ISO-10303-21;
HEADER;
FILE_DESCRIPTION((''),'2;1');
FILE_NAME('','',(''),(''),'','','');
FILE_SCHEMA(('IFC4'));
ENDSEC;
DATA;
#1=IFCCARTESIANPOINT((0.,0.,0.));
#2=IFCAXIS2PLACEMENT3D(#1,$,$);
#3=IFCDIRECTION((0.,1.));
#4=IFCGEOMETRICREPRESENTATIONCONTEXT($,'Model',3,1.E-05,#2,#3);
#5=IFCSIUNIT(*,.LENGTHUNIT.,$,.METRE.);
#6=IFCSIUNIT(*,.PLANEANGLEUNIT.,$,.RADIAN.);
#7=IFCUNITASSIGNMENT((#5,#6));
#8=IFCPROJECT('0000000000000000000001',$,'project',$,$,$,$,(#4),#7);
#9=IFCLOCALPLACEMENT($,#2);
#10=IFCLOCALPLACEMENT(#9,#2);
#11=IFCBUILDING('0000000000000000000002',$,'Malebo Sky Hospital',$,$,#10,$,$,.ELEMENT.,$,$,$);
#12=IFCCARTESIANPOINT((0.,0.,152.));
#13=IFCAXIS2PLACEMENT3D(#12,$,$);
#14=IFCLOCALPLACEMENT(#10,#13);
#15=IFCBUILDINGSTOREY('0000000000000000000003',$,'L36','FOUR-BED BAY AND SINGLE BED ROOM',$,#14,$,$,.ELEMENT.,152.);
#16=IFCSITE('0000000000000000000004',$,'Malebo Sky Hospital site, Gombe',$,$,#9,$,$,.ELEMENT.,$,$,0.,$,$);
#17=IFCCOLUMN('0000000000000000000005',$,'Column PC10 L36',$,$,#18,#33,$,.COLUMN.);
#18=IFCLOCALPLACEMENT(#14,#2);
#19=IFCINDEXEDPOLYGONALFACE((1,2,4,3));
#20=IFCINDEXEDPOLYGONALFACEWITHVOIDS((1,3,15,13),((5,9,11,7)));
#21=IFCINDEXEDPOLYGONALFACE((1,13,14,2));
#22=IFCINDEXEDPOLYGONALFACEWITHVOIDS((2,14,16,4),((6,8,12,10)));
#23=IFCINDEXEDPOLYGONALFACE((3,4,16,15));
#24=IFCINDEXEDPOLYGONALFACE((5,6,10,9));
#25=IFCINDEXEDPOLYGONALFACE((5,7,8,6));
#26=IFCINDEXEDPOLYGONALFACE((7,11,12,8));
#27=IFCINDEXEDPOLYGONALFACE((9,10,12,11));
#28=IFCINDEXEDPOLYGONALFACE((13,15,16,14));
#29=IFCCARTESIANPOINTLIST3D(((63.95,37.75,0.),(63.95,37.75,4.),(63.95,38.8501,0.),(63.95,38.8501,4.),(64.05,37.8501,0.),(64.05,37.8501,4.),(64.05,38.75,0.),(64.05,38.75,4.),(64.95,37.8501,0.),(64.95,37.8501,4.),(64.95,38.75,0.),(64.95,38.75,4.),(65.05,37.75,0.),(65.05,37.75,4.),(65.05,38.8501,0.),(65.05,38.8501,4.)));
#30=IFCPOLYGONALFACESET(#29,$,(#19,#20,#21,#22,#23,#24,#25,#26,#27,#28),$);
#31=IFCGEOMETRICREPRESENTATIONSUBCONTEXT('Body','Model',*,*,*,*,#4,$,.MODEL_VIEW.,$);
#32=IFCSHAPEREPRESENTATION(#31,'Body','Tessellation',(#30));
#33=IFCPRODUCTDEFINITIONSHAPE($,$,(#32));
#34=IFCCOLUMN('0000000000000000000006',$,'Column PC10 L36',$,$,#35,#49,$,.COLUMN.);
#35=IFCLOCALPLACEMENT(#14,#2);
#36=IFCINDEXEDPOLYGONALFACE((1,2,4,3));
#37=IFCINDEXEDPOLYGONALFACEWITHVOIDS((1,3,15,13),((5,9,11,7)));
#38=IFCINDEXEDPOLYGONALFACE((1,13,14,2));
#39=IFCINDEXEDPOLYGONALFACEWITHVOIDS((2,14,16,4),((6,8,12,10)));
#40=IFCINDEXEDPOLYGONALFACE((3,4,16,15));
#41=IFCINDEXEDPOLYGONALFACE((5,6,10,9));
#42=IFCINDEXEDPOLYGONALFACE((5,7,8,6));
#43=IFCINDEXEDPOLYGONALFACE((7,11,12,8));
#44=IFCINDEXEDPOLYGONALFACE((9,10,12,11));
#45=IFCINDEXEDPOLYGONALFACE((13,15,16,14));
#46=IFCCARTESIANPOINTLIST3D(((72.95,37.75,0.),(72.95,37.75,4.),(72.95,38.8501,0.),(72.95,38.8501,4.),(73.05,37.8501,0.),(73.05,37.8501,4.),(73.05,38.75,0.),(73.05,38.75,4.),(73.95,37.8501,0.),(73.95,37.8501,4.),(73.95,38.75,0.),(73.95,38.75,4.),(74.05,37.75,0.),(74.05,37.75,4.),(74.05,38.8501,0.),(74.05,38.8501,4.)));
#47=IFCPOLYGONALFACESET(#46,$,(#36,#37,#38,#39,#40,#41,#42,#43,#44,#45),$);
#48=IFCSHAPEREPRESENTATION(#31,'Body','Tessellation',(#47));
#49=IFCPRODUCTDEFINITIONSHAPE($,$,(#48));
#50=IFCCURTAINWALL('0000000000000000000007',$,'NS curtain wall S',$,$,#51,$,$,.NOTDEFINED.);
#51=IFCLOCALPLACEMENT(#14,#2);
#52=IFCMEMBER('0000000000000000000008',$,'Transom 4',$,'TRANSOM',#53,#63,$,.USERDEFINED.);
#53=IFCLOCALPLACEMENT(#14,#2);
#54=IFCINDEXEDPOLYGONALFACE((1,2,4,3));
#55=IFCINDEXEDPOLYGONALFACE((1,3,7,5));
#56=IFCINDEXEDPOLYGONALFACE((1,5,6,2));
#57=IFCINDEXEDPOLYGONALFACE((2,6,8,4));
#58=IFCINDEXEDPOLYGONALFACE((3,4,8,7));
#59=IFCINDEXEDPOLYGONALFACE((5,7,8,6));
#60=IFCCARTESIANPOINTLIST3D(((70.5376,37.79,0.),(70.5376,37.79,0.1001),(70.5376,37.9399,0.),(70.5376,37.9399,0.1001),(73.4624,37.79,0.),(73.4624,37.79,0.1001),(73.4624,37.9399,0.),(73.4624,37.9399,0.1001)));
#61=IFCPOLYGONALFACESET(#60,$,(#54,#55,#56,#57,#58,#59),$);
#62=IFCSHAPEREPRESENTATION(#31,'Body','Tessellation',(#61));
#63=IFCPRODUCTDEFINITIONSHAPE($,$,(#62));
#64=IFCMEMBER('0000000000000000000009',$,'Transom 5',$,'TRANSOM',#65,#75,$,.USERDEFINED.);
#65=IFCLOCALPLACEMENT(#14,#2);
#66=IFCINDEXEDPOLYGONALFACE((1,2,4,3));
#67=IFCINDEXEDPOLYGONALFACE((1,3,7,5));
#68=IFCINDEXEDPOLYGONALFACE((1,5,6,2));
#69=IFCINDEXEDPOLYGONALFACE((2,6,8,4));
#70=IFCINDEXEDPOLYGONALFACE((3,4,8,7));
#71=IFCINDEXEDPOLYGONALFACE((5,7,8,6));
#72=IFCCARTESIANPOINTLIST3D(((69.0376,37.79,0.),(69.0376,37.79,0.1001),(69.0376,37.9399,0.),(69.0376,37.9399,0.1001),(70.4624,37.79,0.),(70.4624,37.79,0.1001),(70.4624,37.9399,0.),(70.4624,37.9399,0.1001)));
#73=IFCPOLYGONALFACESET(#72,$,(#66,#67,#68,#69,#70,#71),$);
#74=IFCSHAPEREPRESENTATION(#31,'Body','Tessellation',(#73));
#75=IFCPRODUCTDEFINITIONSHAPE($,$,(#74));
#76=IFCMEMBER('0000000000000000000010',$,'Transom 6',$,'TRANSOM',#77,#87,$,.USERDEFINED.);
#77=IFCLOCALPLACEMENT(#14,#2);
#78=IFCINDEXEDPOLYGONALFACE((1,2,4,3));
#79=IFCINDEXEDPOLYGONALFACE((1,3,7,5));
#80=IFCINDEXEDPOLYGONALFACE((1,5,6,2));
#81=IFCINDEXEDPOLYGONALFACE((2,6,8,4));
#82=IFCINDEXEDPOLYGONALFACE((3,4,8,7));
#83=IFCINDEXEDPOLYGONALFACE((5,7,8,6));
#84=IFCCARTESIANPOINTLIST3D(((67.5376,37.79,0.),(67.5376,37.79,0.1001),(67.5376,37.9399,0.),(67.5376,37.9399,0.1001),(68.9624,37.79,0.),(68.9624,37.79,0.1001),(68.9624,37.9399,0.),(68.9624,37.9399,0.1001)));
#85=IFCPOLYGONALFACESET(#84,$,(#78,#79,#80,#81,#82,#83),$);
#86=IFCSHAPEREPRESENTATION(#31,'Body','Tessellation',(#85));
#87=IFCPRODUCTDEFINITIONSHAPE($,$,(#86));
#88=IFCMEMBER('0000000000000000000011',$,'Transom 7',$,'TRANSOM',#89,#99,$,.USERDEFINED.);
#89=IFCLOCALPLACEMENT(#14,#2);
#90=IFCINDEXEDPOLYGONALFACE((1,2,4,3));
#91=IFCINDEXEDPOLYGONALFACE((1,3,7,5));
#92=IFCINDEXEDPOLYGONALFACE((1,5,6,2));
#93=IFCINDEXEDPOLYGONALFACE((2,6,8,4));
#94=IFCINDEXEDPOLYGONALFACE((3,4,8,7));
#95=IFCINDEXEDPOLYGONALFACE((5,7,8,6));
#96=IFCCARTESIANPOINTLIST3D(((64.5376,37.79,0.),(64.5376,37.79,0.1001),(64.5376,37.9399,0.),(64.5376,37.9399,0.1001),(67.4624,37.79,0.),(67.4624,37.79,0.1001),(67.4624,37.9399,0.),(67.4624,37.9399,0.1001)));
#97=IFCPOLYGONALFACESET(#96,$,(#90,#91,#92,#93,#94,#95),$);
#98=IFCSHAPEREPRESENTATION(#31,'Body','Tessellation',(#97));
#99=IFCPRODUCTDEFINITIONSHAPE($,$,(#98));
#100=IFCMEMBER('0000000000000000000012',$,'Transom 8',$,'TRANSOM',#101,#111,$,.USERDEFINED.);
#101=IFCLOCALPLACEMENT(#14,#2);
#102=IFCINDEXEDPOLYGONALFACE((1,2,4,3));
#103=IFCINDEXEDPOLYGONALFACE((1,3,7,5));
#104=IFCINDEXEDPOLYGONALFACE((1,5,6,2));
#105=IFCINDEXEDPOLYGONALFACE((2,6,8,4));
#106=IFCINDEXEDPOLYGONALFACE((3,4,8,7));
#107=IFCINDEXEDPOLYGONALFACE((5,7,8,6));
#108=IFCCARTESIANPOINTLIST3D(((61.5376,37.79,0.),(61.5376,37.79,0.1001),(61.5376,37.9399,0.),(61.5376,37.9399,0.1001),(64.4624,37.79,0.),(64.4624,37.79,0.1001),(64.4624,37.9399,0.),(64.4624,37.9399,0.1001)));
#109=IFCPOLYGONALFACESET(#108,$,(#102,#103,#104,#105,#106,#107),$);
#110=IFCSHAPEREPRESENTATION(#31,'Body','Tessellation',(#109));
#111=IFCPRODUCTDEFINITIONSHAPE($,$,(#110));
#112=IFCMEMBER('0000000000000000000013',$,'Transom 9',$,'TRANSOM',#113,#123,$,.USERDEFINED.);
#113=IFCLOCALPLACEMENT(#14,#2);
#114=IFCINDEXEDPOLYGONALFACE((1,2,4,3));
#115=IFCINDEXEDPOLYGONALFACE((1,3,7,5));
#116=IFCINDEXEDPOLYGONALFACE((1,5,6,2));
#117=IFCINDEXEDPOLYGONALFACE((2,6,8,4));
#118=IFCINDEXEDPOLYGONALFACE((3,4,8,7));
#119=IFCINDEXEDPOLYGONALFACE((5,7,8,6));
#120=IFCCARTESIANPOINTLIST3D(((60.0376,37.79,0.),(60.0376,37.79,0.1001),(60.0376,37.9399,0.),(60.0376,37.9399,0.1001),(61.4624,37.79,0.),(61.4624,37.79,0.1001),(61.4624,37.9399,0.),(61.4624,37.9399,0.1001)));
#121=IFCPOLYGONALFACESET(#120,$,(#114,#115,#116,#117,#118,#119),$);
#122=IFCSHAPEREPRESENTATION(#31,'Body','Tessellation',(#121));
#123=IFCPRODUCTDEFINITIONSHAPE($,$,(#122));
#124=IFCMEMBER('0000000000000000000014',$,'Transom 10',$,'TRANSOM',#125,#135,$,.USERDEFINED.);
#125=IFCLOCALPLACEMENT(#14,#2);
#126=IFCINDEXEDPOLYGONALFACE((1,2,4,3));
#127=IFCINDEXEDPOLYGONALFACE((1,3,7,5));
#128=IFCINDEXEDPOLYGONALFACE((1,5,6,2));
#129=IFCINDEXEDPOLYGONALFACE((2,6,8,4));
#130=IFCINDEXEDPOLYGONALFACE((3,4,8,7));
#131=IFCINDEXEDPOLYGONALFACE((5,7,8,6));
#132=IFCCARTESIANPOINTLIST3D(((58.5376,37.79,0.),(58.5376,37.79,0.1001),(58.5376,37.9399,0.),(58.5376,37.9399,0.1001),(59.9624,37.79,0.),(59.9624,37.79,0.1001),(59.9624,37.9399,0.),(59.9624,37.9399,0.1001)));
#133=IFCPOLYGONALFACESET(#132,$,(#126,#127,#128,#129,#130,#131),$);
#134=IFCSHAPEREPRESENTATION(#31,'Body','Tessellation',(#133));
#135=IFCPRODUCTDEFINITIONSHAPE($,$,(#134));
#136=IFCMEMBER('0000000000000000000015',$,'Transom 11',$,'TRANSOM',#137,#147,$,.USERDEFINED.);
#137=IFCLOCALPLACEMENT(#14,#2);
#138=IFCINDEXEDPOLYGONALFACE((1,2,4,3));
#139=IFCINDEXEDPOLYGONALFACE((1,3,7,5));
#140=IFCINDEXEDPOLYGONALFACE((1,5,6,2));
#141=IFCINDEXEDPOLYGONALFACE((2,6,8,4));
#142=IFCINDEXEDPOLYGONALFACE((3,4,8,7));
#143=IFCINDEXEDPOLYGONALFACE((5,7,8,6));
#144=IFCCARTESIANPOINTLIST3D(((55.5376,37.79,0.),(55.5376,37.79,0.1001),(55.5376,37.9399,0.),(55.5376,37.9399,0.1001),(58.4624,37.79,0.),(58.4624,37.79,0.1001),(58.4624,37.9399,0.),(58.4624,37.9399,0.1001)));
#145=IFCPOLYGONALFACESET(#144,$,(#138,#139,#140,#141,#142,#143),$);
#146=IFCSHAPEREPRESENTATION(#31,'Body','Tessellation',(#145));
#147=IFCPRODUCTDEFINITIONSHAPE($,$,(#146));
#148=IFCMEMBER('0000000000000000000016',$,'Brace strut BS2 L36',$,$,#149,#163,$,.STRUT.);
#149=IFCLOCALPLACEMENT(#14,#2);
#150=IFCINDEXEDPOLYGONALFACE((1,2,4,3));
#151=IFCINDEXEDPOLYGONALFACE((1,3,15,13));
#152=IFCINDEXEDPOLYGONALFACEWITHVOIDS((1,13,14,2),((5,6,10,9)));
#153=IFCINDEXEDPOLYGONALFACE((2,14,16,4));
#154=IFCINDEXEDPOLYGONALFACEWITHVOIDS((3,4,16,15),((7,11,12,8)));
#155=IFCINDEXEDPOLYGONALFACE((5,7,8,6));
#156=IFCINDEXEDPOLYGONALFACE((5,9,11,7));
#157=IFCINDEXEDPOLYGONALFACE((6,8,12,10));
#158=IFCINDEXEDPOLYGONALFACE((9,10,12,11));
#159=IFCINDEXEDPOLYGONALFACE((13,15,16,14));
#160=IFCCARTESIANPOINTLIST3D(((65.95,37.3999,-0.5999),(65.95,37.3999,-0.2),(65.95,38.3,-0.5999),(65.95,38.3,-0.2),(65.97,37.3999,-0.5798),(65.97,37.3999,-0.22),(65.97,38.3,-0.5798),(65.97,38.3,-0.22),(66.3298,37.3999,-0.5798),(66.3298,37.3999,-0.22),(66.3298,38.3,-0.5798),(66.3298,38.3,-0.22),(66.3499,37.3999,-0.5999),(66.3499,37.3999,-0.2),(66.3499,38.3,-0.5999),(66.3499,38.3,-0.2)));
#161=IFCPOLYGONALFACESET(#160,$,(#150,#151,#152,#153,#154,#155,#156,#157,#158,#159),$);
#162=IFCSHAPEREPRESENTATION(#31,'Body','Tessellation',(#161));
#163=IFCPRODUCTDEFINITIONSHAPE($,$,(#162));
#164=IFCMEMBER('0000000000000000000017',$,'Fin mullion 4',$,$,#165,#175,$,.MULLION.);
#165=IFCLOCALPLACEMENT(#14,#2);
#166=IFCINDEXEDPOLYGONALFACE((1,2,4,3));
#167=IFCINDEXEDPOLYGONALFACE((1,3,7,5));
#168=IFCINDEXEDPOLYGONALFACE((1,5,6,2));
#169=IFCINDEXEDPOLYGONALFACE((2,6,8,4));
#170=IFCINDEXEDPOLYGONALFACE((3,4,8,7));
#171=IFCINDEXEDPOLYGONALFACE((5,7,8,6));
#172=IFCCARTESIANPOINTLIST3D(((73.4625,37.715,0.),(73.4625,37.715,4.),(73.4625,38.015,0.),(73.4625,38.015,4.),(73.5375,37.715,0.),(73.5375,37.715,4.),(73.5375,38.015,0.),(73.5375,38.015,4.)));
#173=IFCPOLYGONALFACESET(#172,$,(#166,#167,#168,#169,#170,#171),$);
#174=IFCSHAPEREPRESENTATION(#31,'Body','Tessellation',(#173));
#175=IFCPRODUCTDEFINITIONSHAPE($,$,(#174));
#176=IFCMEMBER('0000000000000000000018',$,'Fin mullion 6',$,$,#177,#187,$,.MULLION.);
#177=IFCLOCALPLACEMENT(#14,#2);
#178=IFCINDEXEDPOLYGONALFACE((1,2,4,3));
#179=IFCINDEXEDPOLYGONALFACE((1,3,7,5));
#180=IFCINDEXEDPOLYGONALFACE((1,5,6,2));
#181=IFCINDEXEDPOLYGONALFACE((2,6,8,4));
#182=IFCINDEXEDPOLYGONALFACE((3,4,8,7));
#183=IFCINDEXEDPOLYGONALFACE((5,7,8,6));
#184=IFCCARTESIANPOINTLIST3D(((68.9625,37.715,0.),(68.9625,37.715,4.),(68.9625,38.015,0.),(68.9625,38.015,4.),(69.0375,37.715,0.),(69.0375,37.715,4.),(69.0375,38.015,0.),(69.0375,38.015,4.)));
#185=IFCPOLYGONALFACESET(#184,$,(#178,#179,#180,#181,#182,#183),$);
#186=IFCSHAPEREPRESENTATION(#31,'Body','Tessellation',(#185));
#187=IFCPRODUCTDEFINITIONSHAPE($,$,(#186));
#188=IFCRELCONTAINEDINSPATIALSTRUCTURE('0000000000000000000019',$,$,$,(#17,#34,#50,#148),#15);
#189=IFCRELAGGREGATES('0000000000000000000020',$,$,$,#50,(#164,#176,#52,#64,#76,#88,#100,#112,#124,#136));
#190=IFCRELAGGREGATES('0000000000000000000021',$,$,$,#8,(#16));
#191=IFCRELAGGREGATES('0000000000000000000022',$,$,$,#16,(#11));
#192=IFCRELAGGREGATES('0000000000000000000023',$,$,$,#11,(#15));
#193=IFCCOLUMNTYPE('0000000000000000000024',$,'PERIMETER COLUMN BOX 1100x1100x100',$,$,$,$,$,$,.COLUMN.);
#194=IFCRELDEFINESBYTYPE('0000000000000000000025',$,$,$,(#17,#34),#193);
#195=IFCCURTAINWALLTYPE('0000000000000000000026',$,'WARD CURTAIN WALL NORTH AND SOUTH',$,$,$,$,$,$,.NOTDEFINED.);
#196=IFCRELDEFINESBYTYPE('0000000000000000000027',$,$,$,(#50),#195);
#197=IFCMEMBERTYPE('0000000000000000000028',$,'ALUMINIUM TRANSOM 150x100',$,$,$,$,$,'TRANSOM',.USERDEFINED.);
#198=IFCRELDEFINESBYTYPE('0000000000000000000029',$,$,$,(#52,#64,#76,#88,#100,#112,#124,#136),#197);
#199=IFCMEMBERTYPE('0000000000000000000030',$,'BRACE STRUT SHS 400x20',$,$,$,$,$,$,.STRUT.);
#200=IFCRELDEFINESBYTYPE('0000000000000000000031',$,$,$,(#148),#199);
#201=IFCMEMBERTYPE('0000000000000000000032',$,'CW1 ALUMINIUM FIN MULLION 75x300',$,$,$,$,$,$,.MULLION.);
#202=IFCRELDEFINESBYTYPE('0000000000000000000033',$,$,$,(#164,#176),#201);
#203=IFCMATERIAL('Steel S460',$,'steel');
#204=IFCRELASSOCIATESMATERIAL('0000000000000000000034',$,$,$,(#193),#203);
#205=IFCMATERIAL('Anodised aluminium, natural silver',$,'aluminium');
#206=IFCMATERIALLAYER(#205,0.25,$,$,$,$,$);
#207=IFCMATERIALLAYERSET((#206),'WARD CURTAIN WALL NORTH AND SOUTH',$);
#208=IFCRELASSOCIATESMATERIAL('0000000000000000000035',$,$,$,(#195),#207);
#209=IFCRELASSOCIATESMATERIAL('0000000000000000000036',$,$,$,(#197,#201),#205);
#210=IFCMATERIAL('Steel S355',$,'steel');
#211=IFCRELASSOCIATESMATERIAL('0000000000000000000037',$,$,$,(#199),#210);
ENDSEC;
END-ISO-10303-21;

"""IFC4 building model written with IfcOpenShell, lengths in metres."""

from ifc_helpers import new_model, si_unit, direction, frame, origin, origin_2d, place, context, subcontext, project, spatial, rectangle, hollow_rectangle, extrude, material, layer, layer_set, material_profile, profile_set, type_object, element, aggregate, save


model = new_model("IFC4")

# Units and contexts
model_context = context("Model", 3, precision=1e-05, world=origin(), true_north=direction((0.0, 1.0)))
body_context = subcontext(model_context, "Body", "Model", "MODEL_VIEW")
ifc_project = project(units=[si_unit("LENGTHUNIT", "METRE"), si_unit("PLANEANGLEUNIT", "RADIAN")], contexts=[model_context])

# Site, building, storey
site_placement = place(None, origin())
site = spatial("IfcSite", under=ifc_project, at=site_placement, Name="Malebo Sky Hospital site, Gombe", CompositionType="ELEMENT", RefElevation=0.0)
building_placement = place(site_placement, origin())
building = spatial("IfcBuilding", under=site, at=building_placement, Name="Malebo Sky Hospital", CompositionType="ELEMENT")
storey_placement = place(building_placement, frame((0.0, 0.0, 152.0)))
storey = spatial("IfcBuildingStorey", under=building, at=storey_placement, Name="L36", Description="FOUR-BED BAY AND SINGLE BED ROOM", CompositionType="ELEMENT", Elevation=152.0)

# Columns
ifc_material_1 = material(Name="Steel S460", Category="steel")
ifc_material_profile_1 = material_profile(ifc_material_1, hollow_rectangle(XDim=1.1001, YDim=1.1001, WallThickness=0.1001, at=origin_2d()), Name="BOX 1100x1100x100")
ifc_profile_set_1 = profile_set([ifc_material_profile_1], Name="Steel S460")
column_type = type_object("IfcColumnType", Name="PERIMETER COLUMN BOX 1100x1100x100", PredefinedType="COLUMN", material=ifc_profile_set_1)
for number, where, z_axis, x_axis, name in (
    (1, (64.5, 38.3, 0.0), (0.0, 0.0, 1.0), (1.0, 0.0, 0.0), "Column PC10 L36"),
    (2, (73.5, 38.3, 0.0), (0.0, 0.0, 1.0), (1.0, 0.0, 0.0), "Column PC10 L36"),
):
    element("IfcColumn", number, at=place(storey_placement, frame(where, z_axis=z_axis, x_axis=x_axis)), inside=storey, type_object=column_type, Name=name, PredefinedType="COLUMN", context=body_context, shape_type="SweptSolid", body=[
        extrude(hollow_rectangle(XDim=1.1001, YDim=1.1001, WallThickness=0.1001, at=origin_2d()), origin(), (0.0, 0.0, 1.0), 4.0),
    ])

# Curtain wall, members
ifc_material_2 = material(Name="Anodised aluminium, natural silver", Category="aluminium")
ifc_layer_1 = layer(ifc_material_2, 0.25)
ifc_layer_set_1 = layer_set([ifc_layer_1], Name="WARD CURTAIN WALL NORTH AND SOUTH")
curtain_wall_type = type_object("IfcCurtainWallType", Name="WARD CURTAIN WALL NORTH AND SOUTH", PredefinedType="NOTDEFINED", material=ifc_layer_set_1)
curtain_wall_placement = place(storey_placement, origin())
curtain_wall = element("IfcCurtainWall", 3, at=curtain_wall_placement, inside=storey, type_object=curtain_wall_type, Name="NS curtain wall S", PredefinedType="NOTDEFINED")
ifc_material_profile_2 = material_profile(ifc_material_2, rectangle(XDim=0.1499, YDim=0.1001, at=origin_2d()), Name="ALUMINIUM TRANSOM 150x100")
ifc_profile_set_2 = profile_set([ifc_material_profile_2], Name="Anodised aluminium, natural silver")
member_type_1 = type_object("IfcMemberType", Name="ALUMINIUM TRANSOM 150x100", ElementType="TRANSOM", PredefinedType="USERDEFINED", material=ifc_profile_set_2)
member_1_placement = place(storey_placement, frame((73.4624, 37.865, 0.05), z_axis=(-1.0, 0.0, 0.0), x_axis=(0.0, -1.0, 0.0)))
member_1 = element("IfcMember", 4, at=member_1_placement, type_object=member_type_1, Name="Transom 4", ObjectType="TRANSOM", PredefinedType="USERDEFINED", context=body_context, shape_type="SweptSolid", body=[
    extrude(rectangle(XDim=0.1499, YDim=0.1001, at=origin_2d()), origin(), (0.0, 0.0, 1.0), 2.9248),
])
member_2_placement = place(storey_placement, frame((70.4624, 37.865, 0.05), z_axis=(-1.0, 0.0, 0.0), x_axis=(0.0, -1.0, 0.0)))
member_2 = element("IfcMember", 5, at=member_2_placement, type_object=member_type_1, Name="Transom 5", ObjectType="TRANSOM", PredefinedType="USERDEFINED", context=body_context, shape_type="SweptSolid", body=[
    extrude(rectangle(XDim=0.1499, YDim=0.1001, at=origin_2d()), origin(), (0.0, 0.0, 1.0), 1.4248),
])
member_3_placement = place(storey_placement, frame((68.9624, 37.865, 0.05), z_axis=(-1.0, 0.0, 0.0), x_axis=(0.0, -1.0, 0.0)))
member_3 = element("IfcMember", 6, at=member_3_placement, type_object=member_type_1, Name="Transom 6", ObjectType="TRANSOM", PredefinedType="USERDEFINED", context=body_context, shape_type="SweptSolid", body=[
    extrude(rectangle(XDim=0.1499, YDim=0.1001, at=origin_2d()), origin(), (0.0, 0.0, 1.0), 1.4248),
])
member_4_placement = place(storey_placement, frame((67.4624, 37.865, 0.05), z_axis=(-1.0, 0.0, 0.0), x_axis=(0.0, -1.0, 0.0)))
member_4 = element("IfcMember", 7, at=member_4_placement, type_object=member_type_1, Name="Transom 7", ObjectType="TRANSOM", PredefinedType="USERDEFINED", context=body_context, shape_type="SweptSolid", body=[
    extrude(rectangle(XDim=0.1499, YDim=0.1001, at=origin_2d()), origin(), (0.0, 0.0, 1.0), 2.9248),
])
member_5_placement = place(storey_placement, frame((64.4624, 37.865, 0.05), z_axis=(-1.0, 0.0, 0.0), x_axis=(0.0, -1.0, 0.0)))
member_5 = element("IfcMember", 8, at=member_5_placement, type_object=member_type_1, Name="Transom 8", ObjectType="TRANSOM", PredefinedType="USERDEFINED", context=body_context, shape_type="SweptSolid", body=[
    extrude(rectangle(XDim=0.1499, YDim=0.1001, at=origin_2d()), origin(), (0.0, 0.0, 1.0), 2.9248),
])
member_6_placement = place(storey_placement, frame((61.4624, 37.865, 0.05), z_axis=(-1.0, 0.0, 0.0), x_axis=(0.0, -1.0, 0.0)))
member_6 = element("IfcMember", 9, at=member_6_placement, type_object=member_type_1, Name="Transom 9", ObjectType="TRANSOM", PredefinedType="USERDEFINED", context=body_context, shape_type="SweptSolid", body=[
    extrude(rectangle(XDim=0.1499, YDim=0.1001, at=origin_2d()), origin(), (0.0, 0.0, 1.0), 1.4248),
])
member_7_placement = place(storey_placement, frame((59.9624, 37.865, 0.05), z_axis=(-1.0, 0.0, 0.0), x_axis=(0.0, -1.0, 0.0)))
member_7 = element("IfcMember", 10, at=member_7_placement, type_object=member_type_1, Name="Transom 10", ObjectType="TRANSOM", PredefinedType="USERDEFINED", context=body_context, shape_type="SweptSolid", body=[
    extrude(rectangle(XDim=0.1499, YDim=0.1001, at=origin_2d()), origin(), (0.0, 0.0, 1.0), 1.4248),
])
member_8_placement = place(storey_placement, frame((58.4624, 37.865, 0.05), z_axis=(-1.0, 0.0, 0.0), x_axis=(0.0, -1.0, 0.0)))
member_8 = element("IfcMember", 11, at=member_8_placement, type_object=member_type_1, Name="Transom 11", ObjectType="TRANSOM", PredefinedType="USERDEFINED", context=body_context, shape_type="SweptSolid", body=[
    extrude(rectangle(XDim=0.1499, YDim=0.1001, at=origin_2d()), origin(), (0.0, 0.0, 1.0), 2.9248),
])

# Members
ifc_material_3 = material(Name="Steel S355", Category="steel")
ifc_material_profile_3 = material_profile(ifc_material_3, hollow_rectangle(XDim=0.3999, YDim=0.3999, WallThickness=0.02, at=origin_2d()), Name="SHS 400x20")
ifc_profile_set_3 = profile_set([ifc_material_profile_3], Name="Steel S355")
member_type_2 = type_object("IfcMemberType", Name="BRACE STRUT SHS 400x20", PredefinedType="STRUT", material=ifc_profile_set_3)
member_9_placement = place(storey_placement, frame((66.1499, 37.3999, -0.3999), z_axis=(0.0, 1.0, 0.0), x_axis=(-1.0, 0.0, 0.0)))
element("IfcMember", 12, at=member_9_placement, inside=storey, type_object=member_type_2, Name="Brace strut BS2 L36", PredefinedType="STRUT", context=body_context, shape_type="SweptSolid", body=[
    extrude(hollow_rectangle(XDim=0.3999, YDim=0.3999, WallThickness=0.02, at=origin_2d()), origin(), (0.0, 0.0, 1.0), 0.9001),
])
ifc_material_profile_4 = material_profile(ifc_material_2, rectangle(XDim=0.075, YDim=0.3, at=origin_2d()), Name="CW1 ALUMINIUM FIN MULLION 75x300")
ifc_profile_set_4 = profile_set([ifc_material_profile_4], Name="Anodised aluminium, natural silver")
member_type_3 = type_object("IfcMemberType", Name="CW1 ALUMINIUM FIN MULLION 75x300", PredefinedType="MULLION", material=ifc_profile_set_4)
member_10_placement = place(storey_placement, frame((73.5, 37.865, 0.0), z_axis=(0.0, 0.0, 1.0), x_axis=(-1.0, 0.0, 0.0)))
member_10 = element("IfcMember", 13, at=member_10_placement, type_object=member_type_3, Name="Fin mullion 4", PredefinedType="MULLION", context=body_context, shape_type="SweptSolid", body=[
    extrude(rectangle(XDim=0.075, YDim=0.3, at=origin_2d()), origin(), (0.0, 0.0, 1.0), 4.0),
])
member_11_placement = place(storey_placement, frame((69.0, 37.865, 0.0), z_axis=(0.0, 0.0, 1.0), x_axis=(-1.0, 0.0, 0.0)))
member_11 = element("IfcMember", 14, at=member_11_placement, type_object=member_type_3, Name="Fin mullion 6", PredefinedType="MULLION", context=body_context, shape_type="SweptSolid", body=[
    extrude(rectangle(XDim=0.075, YDim=0.3, at=origin_2d()), origin(), (0.0, 0.0, 1.0), 4.0),
])

aggregate(curtain_wall, [member_10, member_11, member_1, member_2, member_3, member_4, member_5, member_6, member_7, member_8])

save(model, "model.ifc")
